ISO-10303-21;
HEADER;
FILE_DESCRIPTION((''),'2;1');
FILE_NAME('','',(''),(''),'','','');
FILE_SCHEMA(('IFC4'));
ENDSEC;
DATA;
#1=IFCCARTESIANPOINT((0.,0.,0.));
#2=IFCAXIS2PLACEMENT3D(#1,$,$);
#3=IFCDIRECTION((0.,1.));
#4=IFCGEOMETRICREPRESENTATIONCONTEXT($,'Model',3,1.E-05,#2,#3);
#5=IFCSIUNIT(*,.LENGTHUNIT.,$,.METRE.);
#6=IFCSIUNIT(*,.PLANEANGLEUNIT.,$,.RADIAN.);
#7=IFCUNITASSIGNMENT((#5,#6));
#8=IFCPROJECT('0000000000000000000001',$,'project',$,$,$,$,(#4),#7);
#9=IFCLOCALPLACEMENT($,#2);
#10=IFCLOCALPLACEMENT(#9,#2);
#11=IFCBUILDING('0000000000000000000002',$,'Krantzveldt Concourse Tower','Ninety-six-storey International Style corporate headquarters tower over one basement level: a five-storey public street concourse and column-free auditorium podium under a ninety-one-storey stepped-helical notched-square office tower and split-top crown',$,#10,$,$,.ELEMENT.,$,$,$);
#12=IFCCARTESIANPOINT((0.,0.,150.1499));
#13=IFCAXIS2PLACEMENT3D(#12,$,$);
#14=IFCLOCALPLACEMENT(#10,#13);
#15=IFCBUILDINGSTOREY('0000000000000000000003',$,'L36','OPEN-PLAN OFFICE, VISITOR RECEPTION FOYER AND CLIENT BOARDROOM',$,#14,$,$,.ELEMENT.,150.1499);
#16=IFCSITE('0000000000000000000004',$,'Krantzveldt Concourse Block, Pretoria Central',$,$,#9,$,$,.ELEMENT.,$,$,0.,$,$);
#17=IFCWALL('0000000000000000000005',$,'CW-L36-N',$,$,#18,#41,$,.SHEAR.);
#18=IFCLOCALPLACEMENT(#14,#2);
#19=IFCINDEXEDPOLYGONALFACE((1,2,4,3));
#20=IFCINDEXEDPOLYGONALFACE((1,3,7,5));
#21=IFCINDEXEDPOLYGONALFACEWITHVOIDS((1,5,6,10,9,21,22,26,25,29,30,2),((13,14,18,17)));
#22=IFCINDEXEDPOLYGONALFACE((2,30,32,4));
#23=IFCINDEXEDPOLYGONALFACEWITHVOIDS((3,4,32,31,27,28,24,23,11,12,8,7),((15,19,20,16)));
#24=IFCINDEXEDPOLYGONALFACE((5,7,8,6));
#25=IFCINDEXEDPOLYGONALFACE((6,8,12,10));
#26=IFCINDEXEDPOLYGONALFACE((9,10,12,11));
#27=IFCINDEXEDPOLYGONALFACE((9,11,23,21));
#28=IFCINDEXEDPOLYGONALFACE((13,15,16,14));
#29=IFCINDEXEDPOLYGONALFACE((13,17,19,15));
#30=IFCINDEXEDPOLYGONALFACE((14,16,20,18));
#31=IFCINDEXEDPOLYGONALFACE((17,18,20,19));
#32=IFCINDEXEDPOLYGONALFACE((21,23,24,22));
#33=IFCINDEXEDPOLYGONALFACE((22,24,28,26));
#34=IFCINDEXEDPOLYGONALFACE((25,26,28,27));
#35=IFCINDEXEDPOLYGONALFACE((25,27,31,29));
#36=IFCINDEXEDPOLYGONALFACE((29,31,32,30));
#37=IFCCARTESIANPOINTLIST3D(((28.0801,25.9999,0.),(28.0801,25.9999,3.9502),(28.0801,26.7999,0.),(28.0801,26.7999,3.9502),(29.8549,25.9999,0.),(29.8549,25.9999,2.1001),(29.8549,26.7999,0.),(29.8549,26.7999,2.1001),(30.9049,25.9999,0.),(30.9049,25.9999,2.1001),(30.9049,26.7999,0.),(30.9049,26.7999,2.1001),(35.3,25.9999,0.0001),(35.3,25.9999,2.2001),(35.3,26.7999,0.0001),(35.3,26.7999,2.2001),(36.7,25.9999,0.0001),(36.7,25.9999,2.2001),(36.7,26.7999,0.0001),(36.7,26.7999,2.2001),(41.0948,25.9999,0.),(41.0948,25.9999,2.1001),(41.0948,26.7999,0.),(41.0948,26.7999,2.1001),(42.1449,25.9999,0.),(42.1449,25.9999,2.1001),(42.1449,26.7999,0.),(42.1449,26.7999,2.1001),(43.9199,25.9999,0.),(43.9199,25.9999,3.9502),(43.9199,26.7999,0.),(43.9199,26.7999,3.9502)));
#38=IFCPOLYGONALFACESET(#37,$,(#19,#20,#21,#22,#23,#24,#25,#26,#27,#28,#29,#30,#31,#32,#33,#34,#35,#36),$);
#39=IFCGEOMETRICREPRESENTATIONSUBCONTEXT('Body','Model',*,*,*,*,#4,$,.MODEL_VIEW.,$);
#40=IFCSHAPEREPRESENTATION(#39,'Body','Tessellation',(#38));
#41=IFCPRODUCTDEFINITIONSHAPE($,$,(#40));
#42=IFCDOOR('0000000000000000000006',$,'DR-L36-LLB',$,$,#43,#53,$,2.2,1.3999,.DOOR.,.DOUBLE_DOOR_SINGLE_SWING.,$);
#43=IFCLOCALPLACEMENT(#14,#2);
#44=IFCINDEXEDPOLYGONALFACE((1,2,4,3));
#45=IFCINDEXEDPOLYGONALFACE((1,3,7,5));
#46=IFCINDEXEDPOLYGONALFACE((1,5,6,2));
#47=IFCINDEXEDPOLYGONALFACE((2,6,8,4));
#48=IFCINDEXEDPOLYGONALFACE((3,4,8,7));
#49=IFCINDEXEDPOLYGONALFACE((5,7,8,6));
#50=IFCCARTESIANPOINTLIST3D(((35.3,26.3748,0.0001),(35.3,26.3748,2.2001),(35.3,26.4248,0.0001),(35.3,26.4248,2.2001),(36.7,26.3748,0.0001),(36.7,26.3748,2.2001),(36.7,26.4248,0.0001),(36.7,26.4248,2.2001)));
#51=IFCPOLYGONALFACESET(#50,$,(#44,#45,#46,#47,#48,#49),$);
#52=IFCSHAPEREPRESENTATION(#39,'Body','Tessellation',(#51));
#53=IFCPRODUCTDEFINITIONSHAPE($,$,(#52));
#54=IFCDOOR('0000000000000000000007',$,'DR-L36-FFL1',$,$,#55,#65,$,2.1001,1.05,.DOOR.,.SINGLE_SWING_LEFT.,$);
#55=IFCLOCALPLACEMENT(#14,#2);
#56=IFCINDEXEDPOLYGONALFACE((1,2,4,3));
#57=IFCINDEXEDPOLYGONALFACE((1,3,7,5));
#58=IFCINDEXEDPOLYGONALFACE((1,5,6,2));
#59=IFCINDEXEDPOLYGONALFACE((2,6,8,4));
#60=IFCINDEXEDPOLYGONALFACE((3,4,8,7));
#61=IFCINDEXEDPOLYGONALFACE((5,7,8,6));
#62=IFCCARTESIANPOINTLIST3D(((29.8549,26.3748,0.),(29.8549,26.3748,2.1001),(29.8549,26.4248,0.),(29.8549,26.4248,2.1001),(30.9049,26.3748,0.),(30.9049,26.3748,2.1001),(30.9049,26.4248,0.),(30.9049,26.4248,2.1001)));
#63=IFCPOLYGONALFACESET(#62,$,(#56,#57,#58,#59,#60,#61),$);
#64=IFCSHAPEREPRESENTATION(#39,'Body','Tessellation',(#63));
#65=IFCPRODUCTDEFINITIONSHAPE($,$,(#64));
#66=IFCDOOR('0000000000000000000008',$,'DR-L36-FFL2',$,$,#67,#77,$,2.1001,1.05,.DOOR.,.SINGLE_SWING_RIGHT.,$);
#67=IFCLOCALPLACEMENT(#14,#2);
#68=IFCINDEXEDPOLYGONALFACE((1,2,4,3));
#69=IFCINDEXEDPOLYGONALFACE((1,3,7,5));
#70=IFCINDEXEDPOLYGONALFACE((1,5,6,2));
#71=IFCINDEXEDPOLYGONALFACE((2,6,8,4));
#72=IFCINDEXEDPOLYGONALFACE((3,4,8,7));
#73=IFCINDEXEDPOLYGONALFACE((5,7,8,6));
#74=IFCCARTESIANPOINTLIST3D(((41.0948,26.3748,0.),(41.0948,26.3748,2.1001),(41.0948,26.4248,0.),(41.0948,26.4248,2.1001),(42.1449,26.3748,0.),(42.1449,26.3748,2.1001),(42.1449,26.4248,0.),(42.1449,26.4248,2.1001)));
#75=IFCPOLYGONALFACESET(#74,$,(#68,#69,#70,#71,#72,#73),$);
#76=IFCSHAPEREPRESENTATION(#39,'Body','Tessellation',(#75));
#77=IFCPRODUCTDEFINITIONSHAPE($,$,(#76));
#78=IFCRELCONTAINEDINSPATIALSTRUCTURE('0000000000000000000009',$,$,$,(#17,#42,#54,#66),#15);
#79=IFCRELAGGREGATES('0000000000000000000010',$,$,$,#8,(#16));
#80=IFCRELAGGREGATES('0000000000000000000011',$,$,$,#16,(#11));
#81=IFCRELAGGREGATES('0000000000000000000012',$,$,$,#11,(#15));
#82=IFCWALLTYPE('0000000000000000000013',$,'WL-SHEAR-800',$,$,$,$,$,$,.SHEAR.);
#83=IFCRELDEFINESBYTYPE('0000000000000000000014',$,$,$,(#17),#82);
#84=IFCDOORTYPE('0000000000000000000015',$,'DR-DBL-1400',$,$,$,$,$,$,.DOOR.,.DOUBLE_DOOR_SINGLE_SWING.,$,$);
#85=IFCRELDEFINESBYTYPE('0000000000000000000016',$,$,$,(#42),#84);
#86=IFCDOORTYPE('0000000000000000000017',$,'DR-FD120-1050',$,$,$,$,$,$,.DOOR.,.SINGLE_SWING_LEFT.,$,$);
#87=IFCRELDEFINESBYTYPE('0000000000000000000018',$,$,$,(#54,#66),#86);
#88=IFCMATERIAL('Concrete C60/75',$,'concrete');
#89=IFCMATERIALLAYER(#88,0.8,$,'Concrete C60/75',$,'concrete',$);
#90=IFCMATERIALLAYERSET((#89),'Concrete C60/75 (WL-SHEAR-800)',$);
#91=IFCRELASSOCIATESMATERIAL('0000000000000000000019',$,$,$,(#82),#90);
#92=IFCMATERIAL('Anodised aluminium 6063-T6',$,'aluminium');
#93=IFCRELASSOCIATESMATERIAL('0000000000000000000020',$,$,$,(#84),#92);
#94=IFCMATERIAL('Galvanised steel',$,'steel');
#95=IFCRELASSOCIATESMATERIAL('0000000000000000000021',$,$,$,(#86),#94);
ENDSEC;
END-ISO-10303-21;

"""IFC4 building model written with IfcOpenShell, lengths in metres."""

from ifc_helpers import new_model, si_unit, direction, frame, frame_2d, origin, place, context, subcontext, project, spatial, rectangle, extrude, material, layer, layer_set, type_object, element, fill, save


model = new_model("IFC4")

# Units and contexts
model_context = context("Model", 3, precision=1e-05, world=origin(), true_north=direction((0.0, 1.0)))
body_context = subcontext(model_context, "Body", "Model", "MODEL_VIEW")
ifc_project = project(units=[si_unit("LENGTHUNIT", "METRE"), si_unit("PLANEANGLEUNIT", "RADIAN")], contexts=[model_context])

# Site, building, storey
site_placement = place(None, origin())
site = spatial("IfcSite", under=ifc_project, at=site_placement, Name="Krantzveldt Concourse Block, Pretoria Central", CompositionType="ELEMENT", RefElevation=0.0)
building_placement = place(site_placement, origin())
building = spatial("IfcBuilding", under=site, at=building_placement, Name="Krantzveldt Concourse Tower", Description="Ninety-six-storey International Style corporate headquarters tower over one basement level: a five-storey public street concourse and column-free auditorium podium under a ninety-one-storey stepped-helical notched-square office tower and split-top crown", CompositionType="ELEMENT")
storey_placement = place(building_placement, frame((0.0, 0.0, 150.1499)))
storey = spatial("IfcBuildingStorey", under=building, at=storey_placement, Name="L36", Description="OPEN-PLAN OFFICE, VISITOR RECEPTION FOYER AND CLIENT BOARDROOM", CompositionType="ELEMENT", Elevation=150.1499)

# Wall, openings, doors
ifc_material_1 = material(Name="Concrete C60/75", Category="concrete")
ifc_layer_1 = layer(ifc_material_1, 0.8, Name="Concrete C60/75", Category="concrete")
ifc_layer_set_1 = layer_set([ifc_layer_1], Name="Concrete C60/75 (WL-SHEAR-800)")
wall_type_1 = type_object("IfcWallType", Name="WL-SHEAR-800", PredefinedType="SHEAR", material=ifc_layer_set_1)
wall_1_placement = place(storey_placement, frame((28.0801, 26.3999, 0.0), z_axis=(0.0, 0.0, 1.0), x_axis=(1.0, 0.0, 0.0)))
wall_1 = element("IfcWall", 1, at=wall_1_placement, inside=storey, type_object=wall_type_1, Name="CW-L36-N", PredefinedType="SHEAR", context=body_context, shape_type="SweptSolid", body=[
    extrude(rectangle(XDim=15.8398, YDim=0.8, at=frame_2d((7.9199, 0.0))), origin(), (0.0, 0.0, 1.0), 3.9502),
])
opening_1_placement = place(wall_1_placement, frame((7.22, 0.0, 0.0)))
opening_1 = element("IfcOpeningElement", 2, at=opening_1_placement, cuts=wall_1, PredefinedType="OPENING", context=body_context, shape_type="SweptSolid", body=[
    extrude(rectangle(XDim=1.3999, YDim=2.2, at=frame_2d((0.7, 1.1001))), frame((0.0, 0.4102, 0.0), z_axis=(0.0, -1.0, 0.0), x_axis=(1.0, 0.0, 0.0)), (0.0, 0.0, 1.0), 0.8201),
])
opening_2_placement = place(wall_1_placement, frame((1.7749, 0.0, 0.0)))
opening_2 = element("IfcOpeningElement", 3, at=opening_2_placement, cuts=wall_1, PredefinedType="OPENING", context=body_context, shape_type="SweptSolid", body=[
    extrude(rectangle(XDim=1.05, YDim=2.1001, at=frame_2d((0.5249, 1.05))), frame((0.0, 0.4102, 0.0), z_axis=(0.0, -1.0, 0.0), x_axis=(1.0, 0.0, 0.0)), (0.0, 0.0, 1.0), 0.8201),
])
opening_3_placement = place(wall_1_placement, frame((13.0149, 0.0, 0.0)))
opening_3 = element("IfcOpeningElement", 4, at=opening_3_placement, cuts=wall_1, PredefinedType="OPENING", context=body_context, shape_type="SweptSolid", body=[
    extrude(rectangle(XDim=1.05, YDim=2.1001, at=frame_2d((0.5249, 1.05))), frame((0.0, 0.4102, 0.0), z_axis=(0.0, -1.0, 0.0), x_axis=(1.0, 0.0, 0.0)), (0.0, 0.0, 1.0), 0.8201),
])
ifc_material_2 = material(Name="Anodised aluminium 6063-T6", Category="aluminium")
door_type_1 = type_object("IfcDoorType", Name="DR-DBL-1400", OperationType="DOUBLE_DOOR_SINGLE_SWING", PredefinedType="DOOR", material=ifc_material_2)
door_1_placement = place(opening_1_placement, origin())
door_1 = element("IfcDoor", 5, at=door_1_placement, inside=storey, type_object=door_type_1, Name="DR-L36-LLB", OperationType="DOUBLE_DOOR_SINGLE_SWING", OverallHeight=2.2, OverallWidth=1.3999, PredefinedType="DOOR", context=body_context, shape_type="SweptSolid", body=[
    extrude(rectangle(XDim=1.3999, YDim=2.2, at=frame_2d((0.7, 1.1001))), frame((0.0, 0.0249, 0.0), z_axis=(0.0, -1.0, 0.0), x_axis=(1.0, 0.0, 0.0)), (0.0, 0.0, 1.0), 0.05),
])
fill(opening_1, door_1)
ifc_material_3 = material(Name="Galvanised steel", Category="steel")
door_type_2 = type_object("IfcDoorType", Name="DR-FD120-1050", OperationType="SINGLE_SWING_LEFT", PredefinedType="DOOR", material=ifc_material_3)
door_2_placement = place(opening_2_placement, origin())
door_2 = element("IfcDoor", 6, at=door_2_placement, inside=storey, type_object=door_type_2, Name="DR-L36-FFL1", OperationType="SINGLE_SWING_LEFT", OverallHeight=2.1001, OverallWidth=1.05, PredefinedType="DOOR", context=body_context, shape_type="SweptSolid", body=[
    extrude(rectangle(XDim=1.05, YDim=2.1001, at=frame_2d((0.5249, 1.05))), frame((0.0, 0.0249, 0.0), z_axis=(0.0, -1.0, 0.0), x_axis=(1.0, 0.0, 0.0)), (0.0, 0.0, 1.0), 0.05),
])
fill(opening_2, door_2)
door_3_placement = place(opening_3_placement, origin())
door_3 = element("IfcDoor", 7, at=door_3_placement, inside=storey, type_object=door_type_2, Name="DR-L36-FFL2", OperationType="SINGLE_SWING_RIGHT", OverallHeight=2.1001, OverallWidth=1.05, PredefinedType="DOOR", context=body_context, shape_type="SweptSolid", body=[
    extrude(rectangle(XDim=1.05, YDim=2.1001, at=frame_2d((0.5249, 1.05))), frame((0.0, 0.0249, 0.0), z_axis=(0.0, -1.0, 0.0), x_axis=(1.0, 0.0, 0.0)), (0.0, 0.0, 1.0), 0.05),
])
fill(opening_3, door_3)

save(model, "model.ifc")
